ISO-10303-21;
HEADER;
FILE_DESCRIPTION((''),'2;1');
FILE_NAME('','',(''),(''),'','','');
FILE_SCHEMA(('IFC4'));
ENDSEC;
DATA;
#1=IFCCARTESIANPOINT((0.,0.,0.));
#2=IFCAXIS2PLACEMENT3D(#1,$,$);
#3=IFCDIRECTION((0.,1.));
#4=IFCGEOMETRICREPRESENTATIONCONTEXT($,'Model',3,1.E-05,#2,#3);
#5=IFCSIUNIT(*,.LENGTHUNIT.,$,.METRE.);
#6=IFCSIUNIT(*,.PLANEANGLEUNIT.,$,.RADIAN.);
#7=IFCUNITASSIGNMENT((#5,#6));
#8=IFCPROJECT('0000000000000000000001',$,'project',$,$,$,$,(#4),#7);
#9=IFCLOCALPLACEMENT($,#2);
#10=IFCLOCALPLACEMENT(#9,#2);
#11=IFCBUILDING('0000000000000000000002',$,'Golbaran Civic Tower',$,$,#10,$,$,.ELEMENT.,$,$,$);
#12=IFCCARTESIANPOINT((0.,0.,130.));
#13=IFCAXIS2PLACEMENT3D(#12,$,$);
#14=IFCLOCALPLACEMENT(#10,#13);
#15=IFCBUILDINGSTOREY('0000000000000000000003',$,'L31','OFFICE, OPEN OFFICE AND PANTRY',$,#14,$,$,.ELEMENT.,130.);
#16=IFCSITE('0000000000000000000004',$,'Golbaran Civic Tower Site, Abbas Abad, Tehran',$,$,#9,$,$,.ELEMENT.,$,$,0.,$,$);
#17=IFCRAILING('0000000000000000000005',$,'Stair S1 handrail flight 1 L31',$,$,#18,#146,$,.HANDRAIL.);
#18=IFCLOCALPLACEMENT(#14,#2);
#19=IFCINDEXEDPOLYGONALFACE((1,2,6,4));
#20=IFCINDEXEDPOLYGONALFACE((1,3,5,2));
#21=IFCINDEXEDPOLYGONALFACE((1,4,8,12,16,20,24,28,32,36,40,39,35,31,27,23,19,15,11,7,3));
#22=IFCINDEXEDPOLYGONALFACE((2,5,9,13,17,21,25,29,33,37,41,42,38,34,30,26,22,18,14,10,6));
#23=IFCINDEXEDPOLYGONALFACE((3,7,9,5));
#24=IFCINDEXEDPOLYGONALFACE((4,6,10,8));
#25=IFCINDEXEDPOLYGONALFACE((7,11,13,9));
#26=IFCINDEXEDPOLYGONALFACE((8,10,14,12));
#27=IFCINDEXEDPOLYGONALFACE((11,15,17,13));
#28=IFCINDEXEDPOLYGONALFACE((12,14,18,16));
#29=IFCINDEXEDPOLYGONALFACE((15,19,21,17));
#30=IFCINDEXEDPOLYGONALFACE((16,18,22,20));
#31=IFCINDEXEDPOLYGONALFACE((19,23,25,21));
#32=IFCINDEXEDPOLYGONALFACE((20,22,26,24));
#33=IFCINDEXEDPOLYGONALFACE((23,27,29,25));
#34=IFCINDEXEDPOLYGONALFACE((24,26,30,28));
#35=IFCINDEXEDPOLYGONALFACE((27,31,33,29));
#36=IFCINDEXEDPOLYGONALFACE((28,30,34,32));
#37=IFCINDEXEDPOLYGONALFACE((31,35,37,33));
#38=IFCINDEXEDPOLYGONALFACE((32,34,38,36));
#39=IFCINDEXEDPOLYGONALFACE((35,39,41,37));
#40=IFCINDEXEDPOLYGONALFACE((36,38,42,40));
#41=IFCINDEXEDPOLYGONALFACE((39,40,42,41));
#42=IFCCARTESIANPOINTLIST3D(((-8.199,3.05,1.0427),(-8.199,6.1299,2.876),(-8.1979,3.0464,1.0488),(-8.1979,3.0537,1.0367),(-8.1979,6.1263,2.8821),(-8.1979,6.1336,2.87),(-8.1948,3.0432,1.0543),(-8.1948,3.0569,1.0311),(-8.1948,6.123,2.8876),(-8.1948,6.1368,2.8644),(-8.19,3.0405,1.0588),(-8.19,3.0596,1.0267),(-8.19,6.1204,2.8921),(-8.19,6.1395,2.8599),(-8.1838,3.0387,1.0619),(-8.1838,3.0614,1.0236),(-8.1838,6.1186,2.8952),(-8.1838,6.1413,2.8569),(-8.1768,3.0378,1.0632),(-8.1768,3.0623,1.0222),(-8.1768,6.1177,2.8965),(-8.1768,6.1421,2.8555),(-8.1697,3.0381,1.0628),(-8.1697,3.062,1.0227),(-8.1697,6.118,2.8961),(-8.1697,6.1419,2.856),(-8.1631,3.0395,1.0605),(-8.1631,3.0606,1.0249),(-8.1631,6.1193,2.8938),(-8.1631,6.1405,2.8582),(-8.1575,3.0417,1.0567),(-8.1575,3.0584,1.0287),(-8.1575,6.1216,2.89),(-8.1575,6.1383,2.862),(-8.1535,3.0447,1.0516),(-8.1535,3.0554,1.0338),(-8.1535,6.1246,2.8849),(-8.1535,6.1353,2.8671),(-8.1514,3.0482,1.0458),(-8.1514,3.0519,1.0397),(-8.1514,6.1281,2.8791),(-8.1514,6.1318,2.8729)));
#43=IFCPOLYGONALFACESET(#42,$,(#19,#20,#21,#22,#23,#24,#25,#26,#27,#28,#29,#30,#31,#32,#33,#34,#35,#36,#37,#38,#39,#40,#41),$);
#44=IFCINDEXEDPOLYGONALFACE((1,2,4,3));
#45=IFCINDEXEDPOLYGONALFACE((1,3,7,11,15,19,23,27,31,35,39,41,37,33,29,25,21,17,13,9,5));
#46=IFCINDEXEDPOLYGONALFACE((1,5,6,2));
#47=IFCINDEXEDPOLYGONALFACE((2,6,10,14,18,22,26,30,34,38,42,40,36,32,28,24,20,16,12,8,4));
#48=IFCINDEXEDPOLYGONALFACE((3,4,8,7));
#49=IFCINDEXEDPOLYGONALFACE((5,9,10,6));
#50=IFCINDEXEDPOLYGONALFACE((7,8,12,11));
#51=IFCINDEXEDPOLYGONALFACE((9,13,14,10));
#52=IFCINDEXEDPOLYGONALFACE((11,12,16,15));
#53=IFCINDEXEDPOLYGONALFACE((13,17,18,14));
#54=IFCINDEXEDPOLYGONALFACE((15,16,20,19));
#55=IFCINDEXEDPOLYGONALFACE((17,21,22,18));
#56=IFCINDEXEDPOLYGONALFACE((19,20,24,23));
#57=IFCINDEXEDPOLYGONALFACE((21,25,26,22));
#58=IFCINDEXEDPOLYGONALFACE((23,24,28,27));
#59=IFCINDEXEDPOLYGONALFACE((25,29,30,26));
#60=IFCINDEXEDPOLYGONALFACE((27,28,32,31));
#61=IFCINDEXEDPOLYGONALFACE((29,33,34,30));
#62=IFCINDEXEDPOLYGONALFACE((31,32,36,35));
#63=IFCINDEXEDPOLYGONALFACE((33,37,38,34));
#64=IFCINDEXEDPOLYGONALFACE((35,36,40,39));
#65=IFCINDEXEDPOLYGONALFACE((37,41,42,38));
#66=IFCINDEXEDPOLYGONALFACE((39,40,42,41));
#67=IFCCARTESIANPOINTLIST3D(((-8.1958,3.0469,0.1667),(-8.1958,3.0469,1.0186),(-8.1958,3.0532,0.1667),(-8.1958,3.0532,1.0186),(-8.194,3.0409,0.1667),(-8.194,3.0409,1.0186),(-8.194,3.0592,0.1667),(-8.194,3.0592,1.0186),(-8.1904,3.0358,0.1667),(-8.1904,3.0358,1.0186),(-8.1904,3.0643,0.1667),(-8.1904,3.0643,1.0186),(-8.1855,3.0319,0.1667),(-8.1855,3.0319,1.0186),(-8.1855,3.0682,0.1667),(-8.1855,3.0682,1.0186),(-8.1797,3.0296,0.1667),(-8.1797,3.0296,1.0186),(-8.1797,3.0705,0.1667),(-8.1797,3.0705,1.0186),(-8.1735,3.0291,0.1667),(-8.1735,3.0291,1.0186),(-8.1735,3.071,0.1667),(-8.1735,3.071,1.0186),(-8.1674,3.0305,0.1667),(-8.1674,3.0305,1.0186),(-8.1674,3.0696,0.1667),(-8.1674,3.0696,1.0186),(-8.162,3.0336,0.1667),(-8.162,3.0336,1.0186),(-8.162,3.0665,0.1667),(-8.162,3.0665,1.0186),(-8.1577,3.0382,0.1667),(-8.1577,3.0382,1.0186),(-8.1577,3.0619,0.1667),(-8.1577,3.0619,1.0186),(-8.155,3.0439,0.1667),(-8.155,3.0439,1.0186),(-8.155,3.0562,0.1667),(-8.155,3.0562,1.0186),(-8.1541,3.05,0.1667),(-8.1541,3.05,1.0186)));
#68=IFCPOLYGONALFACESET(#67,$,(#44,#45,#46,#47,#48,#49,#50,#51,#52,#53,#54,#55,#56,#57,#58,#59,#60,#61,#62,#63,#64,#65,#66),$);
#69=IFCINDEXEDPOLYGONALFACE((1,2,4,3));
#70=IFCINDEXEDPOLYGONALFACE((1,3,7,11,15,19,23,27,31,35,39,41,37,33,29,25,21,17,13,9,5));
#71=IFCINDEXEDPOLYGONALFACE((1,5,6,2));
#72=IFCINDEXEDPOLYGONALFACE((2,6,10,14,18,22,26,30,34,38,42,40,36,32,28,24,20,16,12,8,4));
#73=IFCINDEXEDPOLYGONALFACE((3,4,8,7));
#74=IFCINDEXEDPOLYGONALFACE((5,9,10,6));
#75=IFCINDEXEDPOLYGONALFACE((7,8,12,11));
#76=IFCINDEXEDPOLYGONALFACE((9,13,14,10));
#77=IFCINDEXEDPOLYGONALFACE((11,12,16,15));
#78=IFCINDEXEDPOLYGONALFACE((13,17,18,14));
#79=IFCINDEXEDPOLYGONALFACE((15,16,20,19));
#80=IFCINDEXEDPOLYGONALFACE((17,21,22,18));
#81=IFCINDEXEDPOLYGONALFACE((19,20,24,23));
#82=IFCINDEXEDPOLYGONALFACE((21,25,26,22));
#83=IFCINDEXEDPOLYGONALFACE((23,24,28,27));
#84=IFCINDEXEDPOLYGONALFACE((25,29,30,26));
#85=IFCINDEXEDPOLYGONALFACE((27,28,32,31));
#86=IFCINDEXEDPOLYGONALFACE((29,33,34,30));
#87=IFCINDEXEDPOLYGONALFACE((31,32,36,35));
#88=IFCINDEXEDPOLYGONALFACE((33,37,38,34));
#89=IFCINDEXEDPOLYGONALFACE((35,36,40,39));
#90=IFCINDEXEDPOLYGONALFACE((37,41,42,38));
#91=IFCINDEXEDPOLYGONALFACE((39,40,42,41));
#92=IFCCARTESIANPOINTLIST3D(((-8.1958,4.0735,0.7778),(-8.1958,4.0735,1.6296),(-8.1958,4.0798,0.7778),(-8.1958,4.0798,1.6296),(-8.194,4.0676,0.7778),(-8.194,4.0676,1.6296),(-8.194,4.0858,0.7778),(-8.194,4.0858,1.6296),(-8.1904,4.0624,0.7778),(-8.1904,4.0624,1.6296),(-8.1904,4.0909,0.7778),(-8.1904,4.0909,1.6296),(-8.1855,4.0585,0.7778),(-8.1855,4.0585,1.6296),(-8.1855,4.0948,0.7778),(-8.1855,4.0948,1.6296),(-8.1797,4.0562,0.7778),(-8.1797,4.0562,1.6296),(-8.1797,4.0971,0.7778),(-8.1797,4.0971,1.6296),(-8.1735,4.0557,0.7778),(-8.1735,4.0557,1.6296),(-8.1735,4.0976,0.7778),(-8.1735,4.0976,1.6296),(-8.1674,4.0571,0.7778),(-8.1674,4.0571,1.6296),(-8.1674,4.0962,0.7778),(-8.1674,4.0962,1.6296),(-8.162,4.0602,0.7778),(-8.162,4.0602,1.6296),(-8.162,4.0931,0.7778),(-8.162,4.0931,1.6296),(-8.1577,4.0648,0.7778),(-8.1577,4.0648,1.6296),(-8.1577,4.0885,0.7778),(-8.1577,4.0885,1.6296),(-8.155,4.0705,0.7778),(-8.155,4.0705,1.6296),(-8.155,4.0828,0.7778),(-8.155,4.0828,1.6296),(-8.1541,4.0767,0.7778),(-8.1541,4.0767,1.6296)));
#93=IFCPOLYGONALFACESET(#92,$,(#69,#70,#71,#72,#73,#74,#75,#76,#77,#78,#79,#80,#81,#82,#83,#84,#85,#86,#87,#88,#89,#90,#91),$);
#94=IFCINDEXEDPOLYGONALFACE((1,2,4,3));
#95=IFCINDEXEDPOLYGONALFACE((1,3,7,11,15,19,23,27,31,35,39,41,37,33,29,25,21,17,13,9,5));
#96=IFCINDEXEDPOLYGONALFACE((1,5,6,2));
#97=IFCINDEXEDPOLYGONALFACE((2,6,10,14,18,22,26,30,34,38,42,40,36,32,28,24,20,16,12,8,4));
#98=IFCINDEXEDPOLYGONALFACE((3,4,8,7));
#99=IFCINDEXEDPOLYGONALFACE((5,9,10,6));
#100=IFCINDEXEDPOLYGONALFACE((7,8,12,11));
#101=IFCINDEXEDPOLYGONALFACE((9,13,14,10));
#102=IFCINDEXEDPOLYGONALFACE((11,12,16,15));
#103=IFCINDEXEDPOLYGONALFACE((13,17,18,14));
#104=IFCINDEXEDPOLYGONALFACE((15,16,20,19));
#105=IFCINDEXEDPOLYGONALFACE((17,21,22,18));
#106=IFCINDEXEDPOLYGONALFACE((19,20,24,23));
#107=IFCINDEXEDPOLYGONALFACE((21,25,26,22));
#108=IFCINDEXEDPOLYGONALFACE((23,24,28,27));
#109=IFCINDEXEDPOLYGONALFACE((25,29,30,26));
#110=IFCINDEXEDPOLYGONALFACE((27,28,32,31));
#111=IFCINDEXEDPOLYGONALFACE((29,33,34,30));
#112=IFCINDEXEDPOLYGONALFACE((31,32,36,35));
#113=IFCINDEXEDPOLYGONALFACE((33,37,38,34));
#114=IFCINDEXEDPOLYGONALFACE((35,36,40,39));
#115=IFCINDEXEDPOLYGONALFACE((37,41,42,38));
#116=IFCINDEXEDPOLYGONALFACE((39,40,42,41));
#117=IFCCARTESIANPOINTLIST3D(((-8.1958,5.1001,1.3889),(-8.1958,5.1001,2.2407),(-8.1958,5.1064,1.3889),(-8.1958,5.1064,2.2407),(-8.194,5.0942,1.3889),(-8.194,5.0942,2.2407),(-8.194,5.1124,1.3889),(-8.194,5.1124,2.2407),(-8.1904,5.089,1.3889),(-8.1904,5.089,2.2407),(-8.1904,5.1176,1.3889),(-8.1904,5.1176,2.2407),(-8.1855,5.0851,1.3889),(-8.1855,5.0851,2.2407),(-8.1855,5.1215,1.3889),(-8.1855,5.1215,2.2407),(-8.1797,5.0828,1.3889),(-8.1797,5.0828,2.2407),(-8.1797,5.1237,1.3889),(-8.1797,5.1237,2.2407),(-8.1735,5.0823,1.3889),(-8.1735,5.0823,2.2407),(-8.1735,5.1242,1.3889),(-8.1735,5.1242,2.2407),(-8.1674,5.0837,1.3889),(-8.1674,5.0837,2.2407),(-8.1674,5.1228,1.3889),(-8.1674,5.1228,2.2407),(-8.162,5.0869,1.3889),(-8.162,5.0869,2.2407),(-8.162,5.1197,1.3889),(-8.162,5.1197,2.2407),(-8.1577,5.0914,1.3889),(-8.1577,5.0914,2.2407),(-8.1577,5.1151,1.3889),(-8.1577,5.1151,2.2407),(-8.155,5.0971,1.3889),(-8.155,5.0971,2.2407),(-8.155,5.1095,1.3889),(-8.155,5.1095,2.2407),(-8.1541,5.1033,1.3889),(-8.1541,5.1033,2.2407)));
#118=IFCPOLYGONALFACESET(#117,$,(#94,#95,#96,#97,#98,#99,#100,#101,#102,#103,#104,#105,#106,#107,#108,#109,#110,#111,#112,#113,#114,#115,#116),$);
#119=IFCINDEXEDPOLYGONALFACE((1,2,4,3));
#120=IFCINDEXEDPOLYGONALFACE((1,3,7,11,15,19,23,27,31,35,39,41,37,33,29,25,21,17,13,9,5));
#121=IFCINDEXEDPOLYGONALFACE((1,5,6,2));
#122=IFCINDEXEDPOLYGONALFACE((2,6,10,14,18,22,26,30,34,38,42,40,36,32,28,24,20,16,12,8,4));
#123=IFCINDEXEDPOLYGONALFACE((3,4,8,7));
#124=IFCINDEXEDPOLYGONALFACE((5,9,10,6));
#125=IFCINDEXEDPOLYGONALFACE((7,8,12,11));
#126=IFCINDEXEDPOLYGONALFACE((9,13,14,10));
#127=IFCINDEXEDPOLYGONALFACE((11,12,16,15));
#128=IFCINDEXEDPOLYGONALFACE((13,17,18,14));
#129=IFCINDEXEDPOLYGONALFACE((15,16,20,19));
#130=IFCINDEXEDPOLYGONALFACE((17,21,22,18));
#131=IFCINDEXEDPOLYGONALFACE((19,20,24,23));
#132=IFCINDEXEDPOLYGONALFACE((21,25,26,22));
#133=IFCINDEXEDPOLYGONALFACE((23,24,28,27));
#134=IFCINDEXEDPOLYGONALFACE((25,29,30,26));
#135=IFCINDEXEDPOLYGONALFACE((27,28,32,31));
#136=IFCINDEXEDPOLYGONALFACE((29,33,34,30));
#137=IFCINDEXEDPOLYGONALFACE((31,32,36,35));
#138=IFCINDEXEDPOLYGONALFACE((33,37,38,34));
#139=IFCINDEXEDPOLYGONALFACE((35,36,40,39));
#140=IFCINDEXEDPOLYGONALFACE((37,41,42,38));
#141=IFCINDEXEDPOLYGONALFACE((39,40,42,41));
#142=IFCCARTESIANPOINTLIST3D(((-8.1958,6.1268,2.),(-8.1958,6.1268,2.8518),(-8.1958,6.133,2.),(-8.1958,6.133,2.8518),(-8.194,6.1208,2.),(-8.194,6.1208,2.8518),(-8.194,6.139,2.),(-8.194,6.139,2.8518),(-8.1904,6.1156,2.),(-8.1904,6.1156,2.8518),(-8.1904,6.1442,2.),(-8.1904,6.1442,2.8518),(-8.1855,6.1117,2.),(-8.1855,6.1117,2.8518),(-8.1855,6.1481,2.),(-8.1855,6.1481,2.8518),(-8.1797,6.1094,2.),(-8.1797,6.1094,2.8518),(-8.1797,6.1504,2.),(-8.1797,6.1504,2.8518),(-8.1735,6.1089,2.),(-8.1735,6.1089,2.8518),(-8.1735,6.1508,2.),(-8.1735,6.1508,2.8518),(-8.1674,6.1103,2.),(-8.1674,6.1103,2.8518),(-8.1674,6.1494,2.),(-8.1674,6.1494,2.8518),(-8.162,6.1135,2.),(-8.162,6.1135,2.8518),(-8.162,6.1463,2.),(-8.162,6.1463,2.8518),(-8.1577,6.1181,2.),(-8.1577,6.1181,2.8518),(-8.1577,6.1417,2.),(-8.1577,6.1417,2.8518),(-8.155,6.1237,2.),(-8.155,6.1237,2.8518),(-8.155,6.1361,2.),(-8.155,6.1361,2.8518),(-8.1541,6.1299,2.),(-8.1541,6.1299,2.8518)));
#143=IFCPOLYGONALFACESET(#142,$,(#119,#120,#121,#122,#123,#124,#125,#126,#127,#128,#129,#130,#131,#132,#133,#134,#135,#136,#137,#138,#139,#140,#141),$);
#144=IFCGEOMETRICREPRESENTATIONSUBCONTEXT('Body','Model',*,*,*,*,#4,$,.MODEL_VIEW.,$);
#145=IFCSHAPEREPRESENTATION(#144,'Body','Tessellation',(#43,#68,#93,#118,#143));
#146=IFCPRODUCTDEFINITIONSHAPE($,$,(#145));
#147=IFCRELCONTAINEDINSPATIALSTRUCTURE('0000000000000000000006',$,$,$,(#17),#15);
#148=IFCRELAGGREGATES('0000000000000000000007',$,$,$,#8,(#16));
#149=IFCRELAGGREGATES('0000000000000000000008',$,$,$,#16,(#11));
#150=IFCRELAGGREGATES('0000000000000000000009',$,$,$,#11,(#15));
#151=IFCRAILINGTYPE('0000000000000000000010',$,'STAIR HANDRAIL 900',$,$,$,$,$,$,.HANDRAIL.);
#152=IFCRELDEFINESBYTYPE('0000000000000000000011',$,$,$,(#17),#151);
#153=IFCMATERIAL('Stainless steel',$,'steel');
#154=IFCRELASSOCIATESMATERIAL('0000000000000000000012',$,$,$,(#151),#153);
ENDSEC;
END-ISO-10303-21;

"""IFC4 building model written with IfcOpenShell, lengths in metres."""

from ifc_helpers import new_model, si_unit, direction, frame, origin, origin_2d, place, context, subcontext, project, spatial, circle, extrude, material, type_object, element, save


model = new_model("IFC4")

# Units and contexts
model_context = context("Model", 3, precision=1e-05, world=origin(), true_north=direction((0.0, 1.0)))
body_context = subcontext(model_context, "Body", "Model", "MODEL_VIEW")
ifc_project = project(units=[si_unit("LENGTHUNIT", "METRE"), si_unit("PLANEANGLEUNIT", "RADIAN")], contexts=[model_context])

# Site, building, storey
site_placement = place(None, origin())
site = spatial("IfcSite", under=ifc_project, at=site_placement, Name="Golbaran Civic Tower Site, Abbas Abad, Tehran", CompositionType="ELEMENT", RefElevation=0.0)
building_placement = place(site_placement, origin())
building = spatial("IfcBuilding", under=site, at=building_placement, Name="Golbaran Civic Tower", CompositionType="ELEMENT")
storey_placement = place(building_placement, frame((0.0, 0.0, 130.0)))
storey = spatial("IfcBuildingStorey", under=building, at=storey_placement, Name="L31", Description="OFFICE, OPEN OFFICE AND PANTRY", CompositionType="ELEMENT", Elevation=130.0)

# Shared definitions
ifc_material_1 = material(Name="Stainless steel", Category="steel")

# Railing
railing_type = type_object("IfcRailingType", Name="STAIR HANDRAIL 900", PredefinedType="HANDRAIL", material=ifc_material_1)
railing_1_placement = place(storey_placement, frame((-8.175, 3.05, 0.1667)))
element("IfcRailing", 1, at=railing_1_placement, inside=storey, type_object=railing_type, Name="Stair S1 handrail flight 1 L31", PredefinedType="HANDRAIL", context=body_context, shape_type="SweptSolid", body=[
    extrude(circle(Radius=0.0239, at=origin_2d()), frame((0.0, 0.0, 0.876), z_axis=(0.0, 0.859291, 0.511487), x_axis=(-1.0, 0.0, 0.0)), (0.0, 0.0, 1.0), 3.5842),
    extrude(circle(Radius=0.021, at=origin_2d()), origin(), (0.0, 0.0, 1.0), 0.8518),
    extrude(circle(Radius=0.021, at=origin_2d()), frame((0.0, 1.0266, 0.6111)), (0.0, 0.0, 1.0), 0.8518),
    extrude(circle(Radius=0.021, at=origin_2d()), frame((0.0, 2.0532, 1.2222)), (0.0, 0.0, 1.0), 0.8518),
    extrude(circle(Radius=0.021, at=origin_2d()), frame((0.0, 3.0798, 1.8333)), (0.0, 0.0, 1.0), 0.8518),
])

save(model, "model.ifc")
